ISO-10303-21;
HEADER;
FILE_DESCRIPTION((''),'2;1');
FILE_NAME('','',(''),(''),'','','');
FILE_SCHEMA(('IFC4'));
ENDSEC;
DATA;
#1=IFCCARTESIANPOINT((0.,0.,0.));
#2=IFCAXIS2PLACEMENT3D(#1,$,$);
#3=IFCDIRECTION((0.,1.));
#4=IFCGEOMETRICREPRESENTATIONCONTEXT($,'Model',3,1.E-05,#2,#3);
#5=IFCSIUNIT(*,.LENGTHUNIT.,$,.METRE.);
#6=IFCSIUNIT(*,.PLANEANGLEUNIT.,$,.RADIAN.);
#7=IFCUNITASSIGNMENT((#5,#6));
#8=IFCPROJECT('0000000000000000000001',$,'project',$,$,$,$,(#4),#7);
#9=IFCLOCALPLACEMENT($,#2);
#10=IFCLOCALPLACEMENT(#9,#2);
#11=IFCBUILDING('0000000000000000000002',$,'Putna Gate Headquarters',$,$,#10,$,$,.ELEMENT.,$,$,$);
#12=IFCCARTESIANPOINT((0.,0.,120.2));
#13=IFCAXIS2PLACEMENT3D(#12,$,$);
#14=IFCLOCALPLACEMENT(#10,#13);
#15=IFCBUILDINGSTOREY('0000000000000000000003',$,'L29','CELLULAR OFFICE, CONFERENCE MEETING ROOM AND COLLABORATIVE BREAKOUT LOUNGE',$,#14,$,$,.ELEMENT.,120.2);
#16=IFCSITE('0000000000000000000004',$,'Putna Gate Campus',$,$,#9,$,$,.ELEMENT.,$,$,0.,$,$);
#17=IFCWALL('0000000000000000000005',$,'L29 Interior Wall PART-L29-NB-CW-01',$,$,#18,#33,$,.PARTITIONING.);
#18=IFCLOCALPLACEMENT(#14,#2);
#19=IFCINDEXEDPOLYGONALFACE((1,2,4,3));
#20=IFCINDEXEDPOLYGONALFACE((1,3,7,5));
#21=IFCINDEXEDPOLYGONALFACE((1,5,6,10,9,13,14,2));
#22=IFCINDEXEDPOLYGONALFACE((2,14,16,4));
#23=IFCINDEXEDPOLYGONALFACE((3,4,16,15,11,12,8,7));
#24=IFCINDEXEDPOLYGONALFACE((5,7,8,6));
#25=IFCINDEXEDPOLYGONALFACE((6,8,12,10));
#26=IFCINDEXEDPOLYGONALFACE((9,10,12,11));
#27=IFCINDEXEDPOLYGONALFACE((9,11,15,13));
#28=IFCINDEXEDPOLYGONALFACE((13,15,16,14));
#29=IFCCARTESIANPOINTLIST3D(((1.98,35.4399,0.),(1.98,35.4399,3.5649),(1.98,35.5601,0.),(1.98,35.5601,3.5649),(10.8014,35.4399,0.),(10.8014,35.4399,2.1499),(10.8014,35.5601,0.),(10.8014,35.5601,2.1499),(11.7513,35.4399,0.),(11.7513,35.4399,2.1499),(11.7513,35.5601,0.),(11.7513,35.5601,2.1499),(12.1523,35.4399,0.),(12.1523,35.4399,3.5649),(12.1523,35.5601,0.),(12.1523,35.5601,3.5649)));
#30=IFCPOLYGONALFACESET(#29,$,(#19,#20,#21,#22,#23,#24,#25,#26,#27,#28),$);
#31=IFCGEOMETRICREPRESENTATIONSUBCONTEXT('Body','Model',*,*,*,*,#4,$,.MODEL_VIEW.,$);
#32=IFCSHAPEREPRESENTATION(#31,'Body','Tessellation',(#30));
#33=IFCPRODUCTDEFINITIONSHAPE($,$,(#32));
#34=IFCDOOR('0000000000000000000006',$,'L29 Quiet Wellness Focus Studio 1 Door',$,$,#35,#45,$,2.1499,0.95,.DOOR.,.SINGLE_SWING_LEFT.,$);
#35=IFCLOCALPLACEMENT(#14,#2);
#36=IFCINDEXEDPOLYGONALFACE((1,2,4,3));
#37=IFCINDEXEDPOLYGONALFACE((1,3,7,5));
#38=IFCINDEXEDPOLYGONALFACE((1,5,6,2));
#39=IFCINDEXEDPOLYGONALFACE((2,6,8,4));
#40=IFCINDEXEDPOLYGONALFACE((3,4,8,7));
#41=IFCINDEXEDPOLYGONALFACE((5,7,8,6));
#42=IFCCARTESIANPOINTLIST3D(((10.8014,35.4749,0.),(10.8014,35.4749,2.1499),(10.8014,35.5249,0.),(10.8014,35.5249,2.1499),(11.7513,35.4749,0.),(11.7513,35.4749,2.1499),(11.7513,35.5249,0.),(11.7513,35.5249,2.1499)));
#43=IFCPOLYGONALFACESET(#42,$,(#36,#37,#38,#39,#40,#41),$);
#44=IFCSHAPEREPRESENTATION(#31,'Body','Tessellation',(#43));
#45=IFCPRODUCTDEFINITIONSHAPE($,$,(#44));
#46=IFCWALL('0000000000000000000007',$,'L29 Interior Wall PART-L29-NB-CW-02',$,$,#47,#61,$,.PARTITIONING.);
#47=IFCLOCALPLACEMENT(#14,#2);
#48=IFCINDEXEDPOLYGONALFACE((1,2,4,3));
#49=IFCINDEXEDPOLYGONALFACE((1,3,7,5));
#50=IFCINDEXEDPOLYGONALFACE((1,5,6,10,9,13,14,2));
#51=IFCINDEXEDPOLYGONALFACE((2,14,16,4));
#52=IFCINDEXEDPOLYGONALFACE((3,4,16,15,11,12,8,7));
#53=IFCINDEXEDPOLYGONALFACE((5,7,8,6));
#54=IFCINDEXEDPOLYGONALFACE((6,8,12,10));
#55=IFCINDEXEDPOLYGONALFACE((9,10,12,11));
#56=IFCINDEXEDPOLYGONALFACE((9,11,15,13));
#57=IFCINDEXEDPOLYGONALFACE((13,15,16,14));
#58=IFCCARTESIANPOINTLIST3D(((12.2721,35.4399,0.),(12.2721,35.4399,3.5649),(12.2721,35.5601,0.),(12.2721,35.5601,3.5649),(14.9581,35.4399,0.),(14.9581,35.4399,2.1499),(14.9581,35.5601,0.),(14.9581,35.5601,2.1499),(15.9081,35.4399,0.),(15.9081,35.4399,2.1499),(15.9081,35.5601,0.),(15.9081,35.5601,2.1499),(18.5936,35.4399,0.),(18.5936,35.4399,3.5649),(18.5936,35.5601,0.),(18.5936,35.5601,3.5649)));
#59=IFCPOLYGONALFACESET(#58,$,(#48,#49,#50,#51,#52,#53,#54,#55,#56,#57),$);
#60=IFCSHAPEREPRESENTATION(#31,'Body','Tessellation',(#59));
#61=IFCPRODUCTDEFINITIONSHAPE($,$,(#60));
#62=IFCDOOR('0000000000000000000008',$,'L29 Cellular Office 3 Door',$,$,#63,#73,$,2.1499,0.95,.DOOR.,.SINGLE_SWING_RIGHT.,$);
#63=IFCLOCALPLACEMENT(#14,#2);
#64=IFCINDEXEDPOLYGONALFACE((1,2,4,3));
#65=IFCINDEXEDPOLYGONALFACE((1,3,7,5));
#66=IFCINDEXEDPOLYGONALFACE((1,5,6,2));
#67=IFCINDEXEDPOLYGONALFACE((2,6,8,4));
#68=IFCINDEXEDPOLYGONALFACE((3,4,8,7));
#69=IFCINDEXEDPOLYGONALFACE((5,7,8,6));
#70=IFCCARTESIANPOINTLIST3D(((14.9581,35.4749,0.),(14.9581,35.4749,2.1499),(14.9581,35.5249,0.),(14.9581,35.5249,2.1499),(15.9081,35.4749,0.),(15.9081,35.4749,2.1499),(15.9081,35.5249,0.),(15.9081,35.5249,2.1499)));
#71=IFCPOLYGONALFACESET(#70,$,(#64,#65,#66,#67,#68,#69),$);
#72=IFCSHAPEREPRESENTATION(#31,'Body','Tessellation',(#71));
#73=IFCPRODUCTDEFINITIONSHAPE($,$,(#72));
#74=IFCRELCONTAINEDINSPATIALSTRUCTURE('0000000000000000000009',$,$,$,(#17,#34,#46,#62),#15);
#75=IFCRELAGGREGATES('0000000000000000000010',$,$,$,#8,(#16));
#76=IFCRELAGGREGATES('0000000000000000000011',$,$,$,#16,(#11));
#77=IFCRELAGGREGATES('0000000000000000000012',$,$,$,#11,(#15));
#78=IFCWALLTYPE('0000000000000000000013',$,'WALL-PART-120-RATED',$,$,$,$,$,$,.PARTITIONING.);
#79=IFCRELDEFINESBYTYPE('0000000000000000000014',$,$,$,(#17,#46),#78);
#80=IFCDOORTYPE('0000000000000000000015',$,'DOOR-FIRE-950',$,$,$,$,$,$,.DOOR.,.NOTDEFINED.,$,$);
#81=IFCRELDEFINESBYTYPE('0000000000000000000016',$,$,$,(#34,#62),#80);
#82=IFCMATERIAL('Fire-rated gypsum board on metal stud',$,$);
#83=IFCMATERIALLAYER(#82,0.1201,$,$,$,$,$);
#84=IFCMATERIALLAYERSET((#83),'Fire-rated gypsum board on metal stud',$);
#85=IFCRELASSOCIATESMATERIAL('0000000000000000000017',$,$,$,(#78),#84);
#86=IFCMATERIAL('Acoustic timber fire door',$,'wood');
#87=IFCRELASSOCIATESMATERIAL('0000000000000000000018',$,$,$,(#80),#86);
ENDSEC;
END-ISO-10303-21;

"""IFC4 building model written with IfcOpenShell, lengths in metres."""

from ifc_helpers import new_model, si_unit, direction, frame, frame_2d, origin, place, context, subcontext, project, spatial, rectangle, extrude, material, layer, layer_set, type_object, element, fill, save


model = new_model("IFC4")

# Units and contexts
model_context = context("Model", 3, precision=1e-05, world=origin(), true_north=direction((0.0, 1.0)))
body_context = subcontext(model_context, "Body", "Model", "MODEL_VIEW")
ifc_project = project(units=[si_unit("LENGTHUNIT", "METRE"), si_unit("PLANEANGLEUNIT", "RADIAN")], contexts=[model_context])

# Site, building, storey
site_placement = place(None, origin())
site = spatial("IfcSite", under=ifc_project, at=site_placement, Name="Putna Gate Campus", CompositionType="ELEMENT", RefElevation=0.0)
building_placement = place(site_placement, origin())
building = spatial("IfcBuilding", under=site, at=building_placement, Name="Putna Gate Headquarters", CompositionType="ELEMENT")
storey_placement = place(building_placement, frame((0.0, 0.0, 120.2)))
storey = spatial("IfcBuildingStorey", under=building, at=storey_placement, Name="L29", Description="CELLULAR OFFICE, CONFERENCE MEETING ROOM AND COLLABORATIVE BREAKOUT LOUNGE", CompositionType="ELEMENT", Elevation=120.2)

# Walls, openings, doors
ifc_material_1 = material(Name="Fire-rated gypsum board on metal stud")
ifc_layer_1 = layer(ifc_material_1, 0.1201)
ifc_layer_set_1 = layer_set([ifc_layer_1], Name="Fire-rated gypsum board on metal stud")
wall_type_1 = type_object("IfcWallType", Name="WALL-PART-120-RATED", PredefinedType="PARTITIONING", material=ifc_layer_set_1)
wall_1_placement = place(storey_placement, frame((1.98, 35.5, 0.0), z_axis=(0.0, 0.0, 1.0), x_axis=(1.0, 0.0, 0.0)))
wall_1 = element("IfcWall", 1, at=wall_1_placement, inside=storey, type_object=wall_type_1, Name="L29 Interior Wall PART-L29-NB-CW-01", PredefinedType="PARTITIONING", context=body_context, shape_type="SweptSolid", body=[
    extrude(rectangle(XDim=10.1724, YDim=0.1201, at=frame_2d((5.0862, 0.0))), origin(), (0.0, 0.0, 1.0), 3.5649),
])
opening_1_placement = place(wall_1_placement, frame((8.8213, 0.0, 0.0)))
opening_1 = element("IfcOpeningElement", 2, at=opening_1_placement, cuts=wall_1, PredefinedType="OPENING", context=body_context, shape_type="SweptSolid", body=[
    extrude(rectangle(XDim=0.95, YDim=2.1499, at=frame_2d((0.4751, 1.075))), frame((0.0, 0.0701, 0.0), z_axis=(0.0, -1.0, 0.0), x_axis=(1.0, 0.0, 0.0)), (0.0, 0.0, 1.0), 0.1401),
])
ifc_material_2 = material(Name="Acoustic timber fire door", Category="wood")
door_type_1 = type_object("IfcDoorType", Name="DOOR-FIRE-950", OperationType="NOTDEFINED", PredefinedType="DOOR", material=ifc_material_2)
door_1_placement = place(opening_1_placement, origin())
door_1 = element("IfcDoor", 3, at=door_1_placement, inside=storey, type_object=door_type_1, Name="L29 Quiet Wellness Focus Studio 1 Door", OperationType="SINGLE_SWING_LEFT", OverallHeight=2.1499, OverallWidth=0.95, PredefinedType="DOOR", context=body_context, shape_type="SweptSolid", body=[
    extrude(rectangle(XDim=0.95, YDim=2.1499, at=frame_2d((0.4751, 1.075))), frame((0.0, 0.0249, 0.0), z_axis=(0.0, -1.0, 0.0), x_axis=(1.0, 0.0, 0.0)), (0.0, 0.0, 1.0), 0.05),
])
fill(opening_1, door_1)
wall_2_placement = place(storey_placement, frame((12.2722, 35.5, 0.0), z_axis=(0.0, 0.0, 1.0), x_axis=(1.0, 0.0, 0.0)))
wall_2 = element("IfcWall", 4, at=wall_2_placement, inside=storey, type_object=wall_type_1, Name="L29 Interior Wall PART-L29-NB-CW-02", PredefinedType="PARTITIONING", context=body_context, shape_type="SweptSolid", body=[
    extrude(rectangle(XDim=6.3215, YDim=0.1201, at=frame_2d((3.1606, 0.0))), origin(), (0.0, 0.0, 1.0), 3.5649),
])
opening_2_placement = place(wall_2_placement, frame((2.6858, 0.0, 0.0)))
opening_2 = element("IfcOpeningElement", 5, at=opening_2_placement, cuts=wall_2, PredefinedType="OPENING", context=body_context, shape_type="SweptSolid", body=[
    extrude(rectangle(XDim=0.95, YDim=2.1499, at=frame_2d((0.4751, 1.075))), frame((0.0, 0.0701, 0.0), z_axis=(0.0, -1.0, 0.0), x_axis=(1.0, 0.0, 0.0)), (0.0, 0.0, 1.0), 0.1401),
])
door_2_placement = place(opening_2_placement, origin())
door_2 = element("IfcDoor", 6, at=door_2_placement, inside=storey, type_object=door_type_1, Name="L29 Cellular Office 3 Door", OperationType="SINGLE_SWING_RIGHT", OverallHeight=2.1499, OverallWidth=0.95, PredefinedType="DOOR", context=body_context, shape_type="SweptSolid", body=[
    extrude(rectangle(XDim=0.95, YDim=2.1499, at=frame_2d((0.4751, 1.075))), frame((0.0, 0.0249, 0.0), z_axis=(0.0, -1.0, 0.0), x_axis=(1.0, 0.0, 0.0)), (0.0, 0.0, 1.0), 0.05),
])
fill(opening_2, door_2)

save(model, "model.ifc")
